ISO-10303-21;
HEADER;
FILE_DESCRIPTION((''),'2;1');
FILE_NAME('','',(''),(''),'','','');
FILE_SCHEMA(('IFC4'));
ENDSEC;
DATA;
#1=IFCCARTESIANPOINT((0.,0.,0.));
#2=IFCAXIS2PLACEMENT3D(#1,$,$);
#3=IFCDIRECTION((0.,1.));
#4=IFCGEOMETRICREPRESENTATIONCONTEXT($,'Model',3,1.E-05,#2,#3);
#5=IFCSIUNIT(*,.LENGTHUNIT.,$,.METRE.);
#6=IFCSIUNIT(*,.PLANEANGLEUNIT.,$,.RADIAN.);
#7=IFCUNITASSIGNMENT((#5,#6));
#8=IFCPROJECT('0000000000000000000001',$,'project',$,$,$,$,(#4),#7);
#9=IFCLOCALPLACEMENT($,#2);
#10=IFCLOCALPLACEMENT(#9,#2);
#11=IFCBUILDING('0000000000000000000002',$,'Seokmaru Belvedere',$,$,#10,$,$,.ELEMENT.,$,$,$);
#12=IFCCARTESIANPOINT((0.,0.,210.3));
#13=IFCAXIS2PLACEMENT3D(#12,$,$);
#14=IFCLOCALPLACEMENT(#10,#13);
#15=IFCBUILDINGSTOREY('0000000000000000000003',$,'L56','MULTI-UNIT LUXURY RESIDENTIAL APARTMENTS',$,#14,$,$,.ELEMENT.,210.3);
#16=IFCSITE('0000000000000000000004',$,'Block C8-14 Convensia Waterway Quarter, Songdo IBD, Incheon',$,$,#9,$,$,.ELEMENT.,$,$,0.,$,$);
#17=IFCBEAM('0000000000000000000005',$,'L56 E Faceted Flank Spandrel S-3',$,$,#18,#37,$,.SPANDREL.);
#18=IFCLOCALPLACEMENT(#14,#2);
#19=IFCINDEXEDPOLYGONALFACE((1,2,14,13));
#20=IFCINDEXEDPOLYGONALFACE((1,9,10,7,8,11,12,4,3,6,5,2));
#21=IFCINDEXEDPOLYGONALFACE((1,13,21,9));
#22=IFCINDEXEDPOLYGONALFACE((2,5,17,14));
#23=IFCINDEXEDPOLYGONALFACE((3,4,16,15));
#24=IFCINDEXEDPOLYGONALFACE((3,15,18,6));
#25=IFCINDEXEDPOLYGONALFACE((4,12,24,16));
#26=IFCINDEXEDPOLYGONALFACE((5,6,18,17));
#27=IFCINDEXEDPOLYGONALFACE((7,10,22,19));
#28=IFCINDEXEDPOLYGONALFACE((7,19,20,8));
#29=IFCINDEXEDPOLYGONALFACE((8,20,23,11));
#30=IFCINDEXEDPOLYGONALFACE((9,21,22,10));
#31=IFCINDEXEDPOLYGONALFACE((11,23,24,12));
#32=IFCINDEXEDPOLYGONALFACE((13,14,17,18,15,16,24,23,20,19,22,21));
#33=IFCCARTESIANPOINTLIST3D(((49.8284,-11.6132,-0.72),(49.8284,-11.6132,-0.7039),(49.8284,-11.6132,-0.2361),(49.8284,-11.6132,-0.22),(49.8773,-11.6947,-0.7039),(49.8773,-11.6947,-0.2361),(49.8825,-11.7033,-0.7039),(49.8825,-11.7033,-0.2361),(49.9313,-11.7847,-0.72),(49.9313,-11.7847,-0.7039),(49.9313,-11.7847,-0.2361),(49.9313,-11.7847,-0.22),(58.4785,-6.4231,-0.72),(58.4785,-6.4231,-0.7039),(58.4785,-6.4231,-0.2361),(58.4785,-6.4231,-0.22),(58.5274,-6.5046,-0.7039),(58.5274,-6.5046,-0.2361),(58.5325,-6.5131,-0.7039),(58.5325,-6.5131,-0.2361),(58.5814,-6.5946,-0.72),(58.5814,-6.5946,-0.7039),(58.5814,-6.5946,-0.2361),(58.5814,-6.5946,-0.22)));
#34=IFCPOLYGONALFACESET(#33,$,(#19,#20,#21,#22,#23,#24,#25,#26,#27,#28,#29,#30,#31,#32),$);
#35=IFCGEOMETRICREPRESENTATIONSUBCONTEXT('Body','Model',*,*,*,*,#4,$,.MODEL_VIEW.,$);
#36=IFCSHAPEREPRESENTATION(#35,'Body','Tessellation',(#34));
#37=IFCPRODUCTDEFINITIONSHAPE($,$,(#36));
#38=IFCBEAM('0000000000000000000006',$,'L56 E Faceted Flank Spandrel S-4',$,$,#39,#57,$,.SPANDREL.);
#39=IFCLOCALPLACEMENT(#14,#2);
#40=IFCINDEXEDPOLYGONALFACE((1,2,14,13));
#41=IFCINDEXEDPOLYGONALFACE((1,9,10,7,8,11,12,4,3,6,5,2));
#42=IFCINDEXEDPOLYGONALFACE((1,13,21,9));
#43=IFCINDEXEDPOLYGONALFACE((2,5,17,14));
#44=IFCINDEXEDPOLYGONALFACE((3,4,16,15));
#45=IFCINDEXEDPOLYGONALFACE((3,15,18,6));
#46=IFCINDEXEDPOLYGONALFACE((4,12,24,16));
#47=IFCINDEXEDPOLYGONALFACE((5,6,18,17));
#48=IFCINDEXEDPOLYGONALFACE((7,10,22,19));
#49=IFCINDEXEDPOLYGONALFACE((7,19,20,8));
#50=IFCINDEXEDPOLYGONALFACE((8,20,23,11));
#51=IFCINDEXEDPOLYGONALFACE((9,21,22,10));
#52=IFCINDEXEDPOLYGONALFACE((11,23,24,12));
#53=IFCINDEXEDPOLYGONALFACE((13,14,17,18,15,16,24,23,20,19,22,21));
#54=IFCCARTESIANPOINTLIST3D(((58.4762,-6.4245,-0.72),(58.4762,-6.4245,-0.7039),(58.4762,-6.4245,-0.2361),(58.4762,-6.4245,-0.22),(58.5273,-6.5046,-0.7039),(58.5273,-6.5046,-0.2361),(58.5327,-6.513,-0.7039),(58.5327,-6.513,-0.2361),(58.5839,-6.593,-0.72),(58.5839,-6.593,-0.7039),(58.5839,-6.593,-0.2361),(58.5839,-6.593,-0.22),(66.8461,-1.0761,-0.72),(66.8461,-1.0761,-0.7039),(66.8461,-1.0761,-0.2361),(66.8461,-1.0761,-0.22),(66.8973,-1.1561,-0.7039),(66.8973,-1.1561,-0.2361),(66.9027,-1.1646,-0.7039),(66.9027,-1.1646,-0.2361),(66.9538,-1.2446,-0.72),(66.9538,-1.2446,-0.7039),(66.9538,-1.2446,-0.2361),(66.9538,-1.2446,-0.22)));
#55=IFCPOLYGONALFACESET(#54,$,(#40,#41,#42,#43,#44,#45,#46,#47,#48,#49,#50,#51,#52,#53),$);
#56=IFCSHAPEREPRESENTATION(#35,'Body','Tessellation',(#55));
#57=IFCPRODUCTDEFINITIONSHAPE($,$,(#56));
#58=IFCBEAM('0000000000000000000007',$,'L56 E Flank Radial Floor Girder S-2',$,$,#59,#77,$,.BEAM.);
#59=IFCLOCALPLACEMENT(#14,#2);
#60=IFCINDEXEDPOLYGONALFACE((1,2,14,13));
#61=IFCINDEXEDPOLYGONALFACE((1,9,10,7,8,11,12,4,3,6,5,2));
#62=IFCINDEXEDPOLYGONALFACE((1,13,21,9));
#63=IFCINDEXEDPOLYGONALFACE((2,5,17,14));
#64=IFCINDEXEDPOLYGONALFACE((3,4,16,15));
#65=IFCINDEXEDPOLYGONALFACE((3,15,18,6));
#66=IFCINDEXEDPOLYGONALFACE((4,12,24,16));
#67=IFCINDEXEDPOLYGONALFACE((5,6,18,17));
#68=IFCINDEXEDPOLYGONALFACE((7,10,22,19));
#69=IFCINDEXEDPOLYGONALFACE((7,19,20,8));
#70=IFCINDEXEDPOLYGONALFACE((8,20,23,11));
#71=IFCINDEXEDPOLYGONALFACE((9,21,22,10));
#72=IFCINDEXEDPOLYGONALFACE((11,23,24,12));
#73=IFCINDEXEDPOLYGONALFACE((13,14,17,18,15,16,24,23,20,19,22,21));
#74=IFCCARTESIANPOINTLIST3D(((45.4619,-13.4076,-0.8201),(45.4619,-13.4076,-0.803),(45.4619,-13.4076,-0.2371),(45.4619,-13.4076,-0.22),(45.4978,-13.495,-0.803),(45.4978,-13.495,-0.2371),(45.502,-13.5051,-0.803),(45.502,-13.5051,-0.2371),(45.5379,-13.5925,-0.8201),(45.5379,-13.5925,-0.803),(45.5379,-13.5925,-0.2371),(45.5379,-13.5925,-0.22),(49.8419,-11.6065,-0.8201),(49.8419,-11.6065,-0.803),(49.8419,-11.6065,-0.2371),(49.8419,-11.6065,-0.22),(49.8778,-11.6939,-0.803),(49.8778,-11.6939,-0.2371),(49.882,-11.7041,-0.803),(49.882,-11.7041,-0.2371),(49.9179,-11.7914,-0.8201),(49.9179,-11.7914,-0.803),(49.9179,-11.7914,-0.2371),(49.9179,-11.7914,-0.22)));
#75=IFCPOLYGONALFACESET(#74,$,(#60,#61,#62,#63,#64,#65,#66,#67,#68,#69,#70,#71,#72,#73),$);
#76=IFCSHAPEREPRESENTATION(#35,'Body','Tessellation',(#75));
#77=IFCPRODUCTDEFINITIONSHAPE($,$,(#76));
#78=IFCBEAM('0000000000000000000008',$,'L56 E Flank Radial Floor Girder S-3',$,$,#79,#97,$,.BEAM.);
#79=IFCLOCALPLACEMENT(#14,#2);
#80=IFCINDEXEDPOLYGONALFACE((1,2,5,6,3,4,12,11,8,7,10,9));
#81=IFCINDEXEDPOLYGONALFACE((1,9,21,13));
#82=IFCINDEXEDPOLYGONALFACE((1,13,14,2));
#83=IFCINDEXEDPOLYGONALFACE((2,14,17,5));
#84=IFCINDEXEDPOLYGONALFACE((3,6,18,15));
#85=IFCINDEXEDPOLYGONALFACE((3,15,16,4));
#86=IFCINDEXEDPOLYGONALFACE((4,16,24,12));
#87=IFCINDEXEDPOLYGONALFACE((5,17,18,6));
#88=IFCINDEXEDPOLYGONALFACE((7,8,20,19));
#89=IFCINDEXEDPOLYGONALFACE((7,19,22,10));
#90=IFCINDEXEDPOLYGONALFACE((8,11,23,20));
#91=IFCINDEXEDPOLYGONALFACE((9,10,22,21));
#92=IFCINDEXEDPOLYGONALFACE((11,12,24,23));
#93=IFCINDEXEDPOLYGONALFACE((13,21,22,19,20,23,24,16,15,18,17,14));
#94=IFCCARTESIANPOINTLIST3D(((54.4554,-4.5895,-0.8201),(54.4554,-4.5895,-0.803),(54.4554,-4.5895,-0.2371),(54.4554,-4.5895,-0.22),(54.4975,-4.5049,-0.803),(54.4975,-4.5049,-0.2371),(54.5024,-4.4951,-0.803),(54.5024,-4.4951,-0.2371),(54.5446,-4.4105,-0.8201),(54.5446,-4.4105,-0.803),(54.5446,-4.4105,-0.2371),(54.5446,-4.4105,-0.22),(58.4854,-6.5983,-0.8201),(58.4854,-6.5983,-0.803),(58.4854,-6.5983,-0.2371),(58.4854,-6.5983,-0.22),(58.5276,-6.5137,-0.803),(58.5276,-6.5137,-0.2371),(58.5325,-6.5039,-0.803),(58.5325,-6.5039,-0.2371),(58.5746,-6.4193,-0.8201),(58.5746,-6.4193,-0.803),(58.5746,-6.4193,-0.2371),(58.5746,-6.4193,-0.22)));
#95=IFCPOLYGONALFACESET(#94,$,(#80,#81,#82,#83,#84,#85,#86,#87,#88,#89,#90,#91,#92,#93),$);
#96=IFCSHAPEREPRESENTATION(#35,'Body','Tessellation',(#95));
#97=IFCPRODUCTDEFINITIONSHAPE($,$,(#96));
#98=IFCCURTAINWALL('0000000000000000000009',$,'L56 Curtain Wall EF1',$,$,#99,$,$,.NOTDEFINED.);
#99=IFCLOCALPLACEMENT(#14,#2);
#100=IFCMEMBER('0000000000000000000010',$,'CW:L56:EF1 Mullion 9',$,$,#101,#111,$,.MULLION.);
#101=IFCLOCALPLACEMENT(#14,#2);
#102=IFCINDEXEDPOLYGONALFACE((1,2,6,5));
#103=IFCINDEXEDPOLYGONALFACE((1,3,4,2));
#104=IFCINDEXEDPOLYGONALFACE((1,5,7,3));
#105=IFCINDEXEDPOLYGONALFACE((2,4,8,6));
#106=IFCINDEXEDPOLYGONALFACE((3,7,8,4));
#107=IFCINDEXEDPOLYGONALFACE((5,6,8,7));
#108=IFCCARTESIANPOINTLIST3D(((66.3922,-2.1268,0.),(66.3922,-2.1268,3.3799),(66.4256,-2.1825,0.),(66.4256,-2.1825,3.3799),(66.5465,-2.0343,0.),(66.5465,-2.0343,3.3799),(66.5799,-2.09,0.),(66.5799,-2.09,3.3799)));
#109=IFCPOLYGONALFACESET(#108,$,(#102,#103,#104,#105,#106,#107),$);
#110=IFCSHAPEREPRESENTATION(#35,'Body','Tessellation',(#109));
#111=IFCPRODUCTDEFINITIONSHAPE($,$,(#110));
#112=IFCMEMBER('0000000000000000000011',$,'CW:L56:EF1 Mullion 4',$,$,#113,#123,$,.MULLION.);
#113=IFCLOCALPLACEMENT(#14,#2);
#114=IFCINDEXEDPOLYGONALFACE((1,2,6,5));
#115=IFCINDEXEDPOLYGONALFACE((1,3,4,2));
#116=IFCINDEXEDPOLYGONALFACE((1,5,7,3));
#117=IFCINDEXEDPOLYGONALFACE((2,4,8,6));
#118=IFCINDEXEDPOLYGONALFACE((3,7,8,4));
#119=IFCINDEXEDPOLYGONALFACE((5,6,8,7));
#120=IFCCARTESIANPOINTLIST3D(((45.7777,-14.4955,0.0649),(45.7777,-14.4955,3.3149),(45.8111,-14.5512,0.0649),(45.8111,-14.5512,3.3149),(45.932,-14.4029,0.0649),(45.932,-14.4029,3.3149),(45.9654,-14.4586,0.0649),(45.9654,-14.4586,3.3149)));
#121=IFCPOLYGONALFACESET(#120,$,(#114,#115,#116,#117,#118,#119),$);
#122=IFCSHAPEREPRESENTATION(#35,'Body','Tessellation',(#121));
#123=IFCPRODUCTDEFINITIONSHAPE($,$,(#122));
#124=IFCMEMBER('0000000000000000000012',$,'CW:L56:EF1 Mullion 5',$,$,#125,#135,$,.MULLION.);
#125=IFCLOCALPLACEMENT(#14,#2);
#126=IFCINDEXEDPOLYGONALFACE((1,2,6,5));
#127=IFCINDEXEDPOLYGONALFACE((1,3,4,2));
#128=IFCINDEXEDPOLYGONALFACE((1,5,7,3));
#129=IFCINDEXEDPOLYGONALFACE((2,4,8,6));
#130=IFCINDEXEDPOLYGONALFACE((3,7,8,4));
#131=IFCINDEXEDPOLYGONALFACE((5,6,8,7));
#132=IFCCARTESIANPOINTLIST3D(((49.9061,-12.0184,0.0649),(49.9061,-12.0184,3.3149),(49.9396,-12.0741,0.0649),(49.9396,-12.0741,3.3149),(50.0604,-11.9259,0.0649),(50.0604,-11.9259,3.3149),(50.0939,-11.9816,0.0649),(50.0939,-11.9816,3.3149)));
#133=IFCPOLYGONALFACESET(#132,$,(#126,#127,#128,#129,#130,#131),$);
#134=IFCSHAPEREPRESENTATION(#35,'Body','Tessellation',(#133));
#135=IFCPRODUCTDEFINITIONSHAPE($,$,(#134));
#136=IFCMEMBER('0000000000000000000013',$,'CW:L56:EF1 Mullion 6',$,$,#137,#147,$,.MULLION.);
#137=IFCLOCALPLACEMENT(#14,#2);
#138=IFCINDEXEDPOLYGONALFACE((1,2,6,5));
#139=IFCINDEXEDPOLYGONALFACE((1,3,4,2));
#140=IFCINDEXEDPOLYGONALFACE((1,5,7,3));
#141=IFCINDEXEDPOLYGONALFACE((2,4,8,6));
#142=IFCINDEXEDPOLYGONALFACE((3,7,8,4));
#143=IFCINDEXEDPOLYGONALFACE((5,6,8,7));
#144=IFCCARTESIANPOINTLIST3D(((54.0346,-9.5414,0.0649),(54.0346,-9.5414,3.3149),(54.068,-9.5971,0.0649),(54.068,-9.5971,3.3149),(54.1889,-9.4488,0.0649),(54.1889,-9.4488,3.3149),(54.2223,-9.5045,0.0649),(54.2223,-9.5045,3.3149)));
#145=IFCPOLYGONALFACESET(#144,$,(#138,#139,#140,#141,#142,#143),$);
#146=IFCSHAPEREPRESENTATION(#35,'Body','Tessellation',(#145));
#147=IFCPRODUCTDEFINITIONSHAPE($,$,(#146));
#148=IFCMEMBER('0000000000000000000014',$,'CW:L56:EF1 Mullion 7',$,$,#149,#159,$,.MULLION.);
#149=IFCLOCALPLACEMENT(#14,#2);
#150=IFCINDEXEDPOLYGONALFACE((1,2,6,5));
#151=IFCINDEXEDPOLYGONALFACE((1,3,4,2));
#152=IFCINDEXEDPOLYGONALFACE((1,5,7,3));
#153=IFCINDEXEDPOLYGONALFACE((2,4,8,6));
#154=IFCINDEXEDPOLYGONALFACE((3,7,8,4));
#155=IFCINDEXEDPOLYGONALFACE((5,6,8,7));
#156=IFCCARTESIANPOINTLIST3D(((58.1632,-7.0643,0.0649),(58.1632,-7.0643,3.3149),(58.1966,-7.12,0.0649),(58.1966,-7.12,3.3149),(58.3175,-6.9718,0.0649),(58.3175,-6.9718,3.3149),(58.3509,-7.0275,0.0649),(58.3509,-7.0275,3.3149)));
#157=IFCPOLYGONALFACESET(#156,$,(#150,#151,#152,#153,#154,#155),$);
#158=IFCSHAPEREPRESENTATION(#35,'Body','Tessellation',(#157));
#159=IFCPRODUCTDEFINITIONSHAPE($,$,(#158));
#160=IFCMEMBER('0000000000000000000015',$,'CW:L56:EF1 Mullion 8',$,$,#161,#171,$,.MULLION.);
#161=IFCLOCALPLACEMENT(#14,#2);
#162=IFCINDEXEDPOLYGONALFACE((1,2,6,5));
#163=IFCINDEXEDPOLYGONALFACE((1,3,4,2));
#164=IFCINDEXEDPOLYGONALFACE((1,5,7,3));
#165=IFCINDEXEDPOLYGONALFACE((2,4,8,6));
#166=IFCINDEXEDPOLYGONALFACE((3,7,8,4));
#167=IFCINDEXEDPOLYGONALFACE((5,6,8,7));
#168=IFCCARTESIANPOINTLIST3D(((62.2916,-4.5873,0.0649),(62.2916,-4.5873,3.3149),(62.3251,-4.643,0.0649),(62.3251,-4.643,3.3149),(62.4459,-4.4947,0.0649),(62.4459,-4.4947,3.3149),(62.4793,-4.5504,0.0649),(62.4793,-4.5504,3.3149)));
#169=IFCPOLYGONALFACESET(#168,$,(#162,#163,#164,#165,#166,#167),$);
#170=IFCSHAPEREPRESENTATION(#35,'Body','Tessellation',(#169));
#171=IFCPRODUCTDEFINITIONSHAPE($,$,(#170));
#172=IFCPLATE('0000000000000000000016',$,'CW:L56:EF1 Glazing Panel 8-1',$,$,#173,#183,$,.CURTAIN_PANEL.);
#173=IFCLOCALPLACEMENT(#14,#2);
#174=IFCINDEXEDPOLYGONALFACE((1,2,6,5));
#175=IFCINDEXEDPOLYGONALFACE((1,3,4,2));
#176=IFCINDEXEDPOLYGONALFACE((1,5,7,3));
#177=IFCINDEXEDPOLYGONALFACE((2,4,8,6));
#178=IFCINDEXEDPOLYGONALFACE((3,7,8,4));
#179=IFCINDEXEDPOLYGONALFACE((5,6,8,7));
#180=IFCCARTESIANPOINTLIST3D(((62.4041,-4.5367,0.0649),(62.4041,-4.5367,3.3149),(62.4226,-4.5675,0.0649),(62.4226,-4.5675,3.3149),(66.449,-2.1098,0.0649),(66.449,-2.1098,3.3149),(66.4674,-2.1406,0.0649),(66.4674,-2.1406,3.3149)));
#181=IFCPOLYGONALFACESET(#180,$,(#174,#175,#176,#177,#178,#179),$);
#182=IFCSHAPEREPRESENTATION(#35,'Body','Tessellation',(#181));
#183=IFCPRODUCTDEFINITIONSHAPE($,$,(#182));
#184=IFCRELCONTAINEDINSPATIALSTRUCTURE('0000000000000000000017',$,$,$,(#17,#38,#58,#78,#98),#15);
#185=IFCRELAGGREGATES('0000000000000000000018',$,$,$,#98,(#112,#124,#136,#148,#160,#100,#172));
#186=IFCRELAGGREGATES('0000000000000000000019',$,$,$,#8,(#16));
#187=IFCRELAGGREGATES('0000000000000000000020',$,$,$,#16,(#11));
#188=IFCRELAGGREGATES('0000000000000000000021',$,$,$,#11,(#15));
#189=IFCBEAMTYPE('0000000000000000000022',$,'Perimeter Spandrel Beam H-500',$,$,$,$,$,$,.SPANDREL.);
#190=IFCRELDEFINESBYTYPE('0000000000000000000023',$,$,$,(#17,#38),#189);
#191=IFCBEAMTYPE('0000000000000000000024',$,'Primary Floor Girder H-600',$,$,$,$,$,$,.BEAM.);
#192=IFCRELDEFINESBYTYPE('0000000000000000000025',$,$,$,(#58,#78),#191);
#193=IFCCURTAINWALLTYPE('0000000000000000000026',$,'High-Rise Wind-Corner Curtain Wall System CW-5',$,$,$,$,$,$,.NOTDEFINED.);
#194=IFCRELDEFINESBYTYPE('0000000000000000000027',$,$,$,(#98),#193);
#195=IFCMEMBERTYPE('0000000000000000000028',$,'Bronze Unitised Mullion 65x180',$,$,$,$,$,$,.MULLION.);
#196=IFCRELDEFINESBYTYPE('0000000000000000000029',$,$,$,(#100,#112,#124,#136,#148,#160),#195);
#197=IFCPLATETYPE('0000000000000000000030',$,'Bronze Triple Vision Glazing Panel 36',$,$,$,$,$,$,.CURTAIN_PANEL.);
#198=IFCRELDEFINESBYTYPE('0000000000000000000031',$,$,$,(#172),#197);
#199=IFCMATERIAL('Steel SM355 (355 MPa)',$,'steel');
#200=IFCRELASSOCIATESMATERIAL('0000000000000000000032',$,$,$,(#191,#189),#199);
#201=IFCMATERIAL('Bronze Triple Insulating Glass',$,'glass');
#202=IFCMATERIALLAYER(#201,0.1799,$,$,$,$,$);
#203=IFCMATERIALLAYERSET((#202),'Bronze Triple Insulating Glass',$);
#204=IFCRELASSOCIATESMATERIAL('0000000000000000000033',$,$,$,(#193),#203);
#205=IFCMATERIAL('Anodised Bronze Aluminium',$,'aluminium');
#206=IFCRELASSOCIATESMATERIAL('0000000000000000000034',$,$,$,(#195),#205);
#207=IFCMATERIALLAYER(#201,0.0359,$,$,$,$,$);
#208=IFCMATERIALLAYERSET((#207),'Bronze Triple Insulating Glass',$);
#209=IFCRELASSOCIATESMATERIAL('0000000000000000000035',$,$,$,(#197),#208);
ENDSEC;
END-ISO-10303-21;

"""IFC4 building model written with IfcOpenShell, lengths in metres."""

from ifc_helpers import new_model, si_unit, direction, frame, origin, origin_2d, place, context, subcontext, project, spatial, rectangle, i_section, extrude, source, transform, mapped, material, layer, layer_set, material_profile, profile_set, type_object, type_shapes, element, aggregate, save


model = new_model("IFC4")

# Units and contexts
model_context = context("Model", 3, precision=1e-05, world=origin(), true_north=direction((0.0, 1.0)))
body_context = subcontext(model_context, "Body", "Model", "MODEL_VIEW")
ifc_project = project(units=[si_unit("LENGTHUNIT", "METRE"), si_unit("PLANEANGLEUNIT", "RADIAN")], contexts=[model_context])

# Site, building, storey
site_placement = place(None, origin())
site = spatial("IfcSite", under=ifc_project, at=site_placement, Name="Block C8-14 Convensia Waterway Quarter, Songdo IBD, Incheon", CompositionType="ELEMENT", RefElevation=0.0)
building_placement = place(site_placement, origin())
building = spatial("IfcBuilding", under=site, at=building_placement, Name="Seokmaru Belvedere", CompositionType="ELEMENT")
storey_placement = place(building_placement, frame((0.0, 0.0, 210.3)))
storey = spatial("IfcBuildingStorey", under=building, at=storey_placement, Name="L56", Description="MULTI-UNIT LUXURY RESIDENTIAL APARTMENTS", CompositionType="ELEMENT", Elevation=210.3)

# Shared definitions
ifc_material_1 = material(Name="Steel SM355 (355 MPa)", Category="steel")

# Beams
ifc_material_profile_1 = material_profile(ifc_material_1, i_section(OverallWidth=0.2, OverallDepth=0.6001, WebThickness=0.011, FlangeThickness=0.0171, at=origin_2d()), Name="H-600x200x11x17")
ifc_profile_set_1 = profile_set([ifc_material_profile_1], Name="Steel SM355 (355 MPa)")
beam_type_1 = type_object("IfcBeamType", Name="Primary Floor Girder H-600", PredefinedType="BEAM", material=ifc_profile_set_1)
ifc_material_profile_2 = material_profile(ifc_material_1, i_section(OverallWidth=0.2, OverallDepth=0.5, WebThickness=0.01, FlangeThickness=0.0161, at=origin_2d()), Name="H-500x200x10x16")
ifc_profile_set_2 = profile_set([ifc_material_profile_2], Name="Steel SM355 (355 MPa)")
beam_type_2 = type_object("IfcBeamType", Name="Perimeter Spandrel Beam H-500", PredefinedType="SPANDREL", material=ifc_profile_set_2)
shared_shape_1 = source(origin(), body_context, "Body", "SweptSolid", [
    extrude(i_section(OverallWidth=0.2, OverallDepth=0.5, WebThickness=0.01, FlangeThickness=0.0161, at=origin_2d()), origin(), (0.0, 0.0, 1.0), 10.0876),
])
beam_1_placement = place(storey_placement, frame((49.8799, -11.699, -0.47), z_axis=(0.857489, 0.514503, 0.0), x_axis=(-0.514503, 0.857489, 0.0)))
element("IfcBeam", 1, at=beam_1_placement, inside=storey, type_object=beam_type_2, Name="L56 E Faceted Flank Spandrel S-3", PredefinedType="SPANDREL", context=body_context, shape_type="MappedRepresentation", body=[
    mapped(shared_shape_1, transform((0.0, 0.0, 0.0), scale=1.0)),
])
shared_shape_2 = source(origin(), body_context, "Body", "SweptSolid", [
    extrude(i_section(OverallWidth=0.2, OverallDepth=0.5, WebThickness=0.01, FlangeThickness=0.0161, at=origin_2d()), origin(), (0.0, 0.0, 1.0), 9.9329),
])
type_shapes(beam_type_2, [shared_shape_1, shared_shape_2])
beam_2_placement = place(storey_placement, frame((58.53, -6.5088, -0.47), z_axis=(0.842652, 0.538459, 0.0), x_axis=(-0.538459, 0.842652, 0.0)))
element("IfcBeam", 2, at=beam_2_placement, inside=storey, type_object=beam_type_2, Name="L56 E Faceted Flank Spandrel S-4", PredefinedType="SPANDREL", context=body_context, shape_type="MappedRepresentation", body=[
    mapped(shared_shape_2, transform((0.0, 0.0, 0.0), scale=1.0)),
])
shared_shape_3 = source(origin(), body_context, "Body", "SweptSolid", [
    extrude(i_section(OverallWidth=0.2, OverallDepth=0.6001, WebThickness=0.011, FlangeThickness=0.0171, at=origin_2d()), origin(), (0.0, 0.0, 1.0), 4.7358),
])
beam_3_placement = place(storey_placement, frame((49.8799, -11.699, -0.52), z_axis=(-0.924861, -0.380306, 0.0), x_axis=(0.380306, -0.924861, 0.0)))
element("IfcBeam", 3, at=beam_3_placement, inside=storey, type_object=beam_type_1, Name="L56 E Flank Radial Floor Girder S-2", PredefinedType="BEAM", context=body_context, shape_type="MappedRepresentation", body=[
    mapped(shared_shape_3, transform((0.0, 0.0, 0.0), scale=1.0)),
])
shared_shape_4 = source(origin(), body_context, "Body", "SweptSolid", [
    extrude(i_section(OverallWidth=0.2, OverallDepth=0.6001, WebThickness=0.011, FlangeThickness=0.0171, at=origin_2d()), origin(), (0.0, 0.0, 1.0), 4.5029),
])
beam_4_placement = place(storey_placement, frame((58.53, -6.5088, -0.52), z_axis=(-0.89498, 0.446107, 0.0), x_axis=(-0.446107, -0.89498, 0.0)))
element("IfcBeam", 4, at=beam_4_placement, inside=storey, type_object=beam_type_1, Name="L56 E Flank Radial Floor Girder S-3", PredefinedType="BEAM", context=body_context, shape_type="MappedRepresentation", body=[
    mapped(shared_shape_4, transform((0.0, 0.0, 0.0), scale=1.0)),
])

# Curtain wall, members, plate
ifc_material_2 = material(Name="Bronze Triple Insulating Glass", Category="glass")
ifc_layer_1 = layer(ifc_material_2, 0.1799)
ifc_layer_set_1 = layer_set([ifc_layer_1], Name="Bronze Triple Insulating Glass")
curtain_wall_type = type_object("IfcCurtainWallType", Name="High-Rise Wind-Corner Curtain Wall System CW-5", PredefinedType="NOTDEFINED", material=ifc_layer_set_1)
curtain_wall_placement = place(storey_placement, origin())
curtain_wall = element("IfcCurtainWall", 5, at=curtain_wall_placement, inside=storey, type_object=curtain_wall_type, Name="L56 Curtain Wall EF1", PredefinedType="NOTDEFINED")
ifc_material_3 = material(Name="Anodised Bronze Aluminium", Category="aluminium")
ifc_material_profile_3 = material_profile(ifc_material_3, rectangle(XDim=0.0649, YDim=0.1799, at=origin_2d()), Name="CW-M-65x180")
ifc_profile_set_3 = profile_set([ifc_material_profile_3], Name="Anodised Bronze Aluminium")
member_type = type_object("IfcMemberType", Name="Bronze Unitised Mullion 65x180", PredefinedType="MULLION", material=ifc_profile_set_3)
shared_shape_5 = source(origin(), body_context, "Body", "SweptSolid", [
    extrude(rectangle(XDim=0.0649, YDim=0.1799, at=origin_2d()), origin(), (0.0, 0.0, 1.0), 3.3799),
])
member_1_placement = place(storey_placement, frame((66.4861, -2.1084, 0.0), z_axis=(0.0, 0.0, 1.0), x_axis=(-0.514495, 0.857493, 0.0)))
member_1 = element("IfcMember", 6, at=member_1_placement, type_object=member_type, Name="CW:L56:EF1 Mullion 9", PredefinedType="MULLION", context=body_context, shape_type="MappedRepresentation", body=[
    mapped(shared_shape_5, transform((0.0, 0.0, 0.0), scale=1.0)),
])
shared_shape_6 = source(origin(), body_context, "Body", "SweptSolid", [
    extrude(rectangle(XDim=0.0649, YDim=0.1799, at=origin_2d()), origin(), (0.0, 0.0, 1.0), 3.25),
])
type_shapes(member_type, [shared_shape_5, shared_shape_6])
member_2_placement = place(storey_placement, frame((45.8716, -14.4771, 0.0649), z_axis=(0.0, 0.0, 1.0), x_axis=(-0.514495, 0.857493, 0.0)))
member_2 = element("IfcMember", 7, at=member_2_placement, type_object=member_type, Name="CW:L56:EF1 Mullion 4", PredefinedType="MULLION", context=body_context, shape_type="MappedRepresentation", body=[
    mapped(shared_shape_6, transform((0.0, 0.0, 0.0), scale=1.0)),
])
member_3_placement = place(storey_placement, frame((50.0, -12.0, 0.0649), z_axis=(0.0, 0.0, 1.0), x_axis=(-0.514495, 0.857493, 0.0)))
member_3 = element("IfcMember", 8, at=member_3_placement, type_object=member_type, Name="CW:L56:EF1 Mullion 5", PredefinedType="MULLION", context=body_context, shape_type="MappedRepresentation", body=[
    mapped(shared_shape_6, transform((0.0, 0.0, 0.0), scale=1.0)),
])
member_4_placement = place(storey_placement, frame((54.1284, -9.5229, 0.0649), z_axis=(0.0, 0.0, 1.0), x_axis=(-0.514495, 0.857493, 0.0)))
member_4 = element("IfcMember", 9, at=member_4_placement, type_object=member_type, Name="CW:L56:EF1 Mullion 6", PredefinedType="MULLION", context=body_context, shape_type="MappedRepresentation", body=[
    mapped(shared_shape_6, transform((0.0, 0.0, 0.0), scale=1.0)),
])
member_5_placement = place(storey_placement, frame((58.2571, -7.0459, 0.0649), z_axis=(0.0, 0.0, 1.0), x_axis=(-0.514495, 0.857493, 0.0)))
member_5 = element("IfcMember", 10, at=member_5_placement, type_object=member_type, Name="CW:L56:EF1 Mullion 7", PredefinedType="MULLION", context=body_context, shape_type="MappedRepresentation", body=[
    mapped(shared_shape_6, transform((0.0, 0.0, 0.0), scale=1.0)),
])
member_6_placement = place(storey_placement, frame((62.3855, -4.5688, 0.0649), z_axis=(0.0, 0.0, 1.0), x_axis=(-0.514495, 0.857493, 0.0)))
member_6 = element("IfcMember", 11, at=member_6_placement, type_object=member_type, Name="CW:L56:EF1 Mullion 8", PredefinedType="MULLION", context=body_context, shape_type="MappedRepresentation", body=[
    mapped(shared_shape_6, transform((0.0, 0.0, 0.0), scale=1.0)),
])
ifc_layer_2 = layer(ifc_material_2, 0.0359)
ifc_layer_set_2 = layer_set([ifc_layer_2], Name="Bronze Triple Insulating Glass")
plate_type = type_object("IfcPlateType", Name="Bronze Triple Vision Glazing Panel 36", PredefinedType="CURTAIN_PANEL", material=ifc_layer_set_2)
shared_shape_7 = source(origin(), body_context, "Body", "SweptSolid", [
    extrude(rectangle(XDim=4.717, YDim=0.0359, at=origin_2d()), origin(), (0.0, 0.0, 1.0), 3.25),
])
plate_1_placement = place(storey_placement, frame((64.4358, -3.3386, 0.0649), z_axis=(0.0, 0.0, 1.0), x_axis=(0.857493, 0.514495, 0.0)))
plate_1 = element("IfcPlate", 12, at=plate_1_placement, type_object=plate_type, Name="CW:L56:EF1 Glazing Panel 8-1", PredefinedType="CURTAIN_PANEL", context=body_context, shape_type="MappedRepresentation", body=[
    mapped(shared_shape_7, transform((0.0, 0.0, 0.0), scale=1.0)),
])
aggregate(curtain_wall, [member_2, member_3, member_4, member_5, member_6, member_1, plate_1])

save(model, "model.ifc")
